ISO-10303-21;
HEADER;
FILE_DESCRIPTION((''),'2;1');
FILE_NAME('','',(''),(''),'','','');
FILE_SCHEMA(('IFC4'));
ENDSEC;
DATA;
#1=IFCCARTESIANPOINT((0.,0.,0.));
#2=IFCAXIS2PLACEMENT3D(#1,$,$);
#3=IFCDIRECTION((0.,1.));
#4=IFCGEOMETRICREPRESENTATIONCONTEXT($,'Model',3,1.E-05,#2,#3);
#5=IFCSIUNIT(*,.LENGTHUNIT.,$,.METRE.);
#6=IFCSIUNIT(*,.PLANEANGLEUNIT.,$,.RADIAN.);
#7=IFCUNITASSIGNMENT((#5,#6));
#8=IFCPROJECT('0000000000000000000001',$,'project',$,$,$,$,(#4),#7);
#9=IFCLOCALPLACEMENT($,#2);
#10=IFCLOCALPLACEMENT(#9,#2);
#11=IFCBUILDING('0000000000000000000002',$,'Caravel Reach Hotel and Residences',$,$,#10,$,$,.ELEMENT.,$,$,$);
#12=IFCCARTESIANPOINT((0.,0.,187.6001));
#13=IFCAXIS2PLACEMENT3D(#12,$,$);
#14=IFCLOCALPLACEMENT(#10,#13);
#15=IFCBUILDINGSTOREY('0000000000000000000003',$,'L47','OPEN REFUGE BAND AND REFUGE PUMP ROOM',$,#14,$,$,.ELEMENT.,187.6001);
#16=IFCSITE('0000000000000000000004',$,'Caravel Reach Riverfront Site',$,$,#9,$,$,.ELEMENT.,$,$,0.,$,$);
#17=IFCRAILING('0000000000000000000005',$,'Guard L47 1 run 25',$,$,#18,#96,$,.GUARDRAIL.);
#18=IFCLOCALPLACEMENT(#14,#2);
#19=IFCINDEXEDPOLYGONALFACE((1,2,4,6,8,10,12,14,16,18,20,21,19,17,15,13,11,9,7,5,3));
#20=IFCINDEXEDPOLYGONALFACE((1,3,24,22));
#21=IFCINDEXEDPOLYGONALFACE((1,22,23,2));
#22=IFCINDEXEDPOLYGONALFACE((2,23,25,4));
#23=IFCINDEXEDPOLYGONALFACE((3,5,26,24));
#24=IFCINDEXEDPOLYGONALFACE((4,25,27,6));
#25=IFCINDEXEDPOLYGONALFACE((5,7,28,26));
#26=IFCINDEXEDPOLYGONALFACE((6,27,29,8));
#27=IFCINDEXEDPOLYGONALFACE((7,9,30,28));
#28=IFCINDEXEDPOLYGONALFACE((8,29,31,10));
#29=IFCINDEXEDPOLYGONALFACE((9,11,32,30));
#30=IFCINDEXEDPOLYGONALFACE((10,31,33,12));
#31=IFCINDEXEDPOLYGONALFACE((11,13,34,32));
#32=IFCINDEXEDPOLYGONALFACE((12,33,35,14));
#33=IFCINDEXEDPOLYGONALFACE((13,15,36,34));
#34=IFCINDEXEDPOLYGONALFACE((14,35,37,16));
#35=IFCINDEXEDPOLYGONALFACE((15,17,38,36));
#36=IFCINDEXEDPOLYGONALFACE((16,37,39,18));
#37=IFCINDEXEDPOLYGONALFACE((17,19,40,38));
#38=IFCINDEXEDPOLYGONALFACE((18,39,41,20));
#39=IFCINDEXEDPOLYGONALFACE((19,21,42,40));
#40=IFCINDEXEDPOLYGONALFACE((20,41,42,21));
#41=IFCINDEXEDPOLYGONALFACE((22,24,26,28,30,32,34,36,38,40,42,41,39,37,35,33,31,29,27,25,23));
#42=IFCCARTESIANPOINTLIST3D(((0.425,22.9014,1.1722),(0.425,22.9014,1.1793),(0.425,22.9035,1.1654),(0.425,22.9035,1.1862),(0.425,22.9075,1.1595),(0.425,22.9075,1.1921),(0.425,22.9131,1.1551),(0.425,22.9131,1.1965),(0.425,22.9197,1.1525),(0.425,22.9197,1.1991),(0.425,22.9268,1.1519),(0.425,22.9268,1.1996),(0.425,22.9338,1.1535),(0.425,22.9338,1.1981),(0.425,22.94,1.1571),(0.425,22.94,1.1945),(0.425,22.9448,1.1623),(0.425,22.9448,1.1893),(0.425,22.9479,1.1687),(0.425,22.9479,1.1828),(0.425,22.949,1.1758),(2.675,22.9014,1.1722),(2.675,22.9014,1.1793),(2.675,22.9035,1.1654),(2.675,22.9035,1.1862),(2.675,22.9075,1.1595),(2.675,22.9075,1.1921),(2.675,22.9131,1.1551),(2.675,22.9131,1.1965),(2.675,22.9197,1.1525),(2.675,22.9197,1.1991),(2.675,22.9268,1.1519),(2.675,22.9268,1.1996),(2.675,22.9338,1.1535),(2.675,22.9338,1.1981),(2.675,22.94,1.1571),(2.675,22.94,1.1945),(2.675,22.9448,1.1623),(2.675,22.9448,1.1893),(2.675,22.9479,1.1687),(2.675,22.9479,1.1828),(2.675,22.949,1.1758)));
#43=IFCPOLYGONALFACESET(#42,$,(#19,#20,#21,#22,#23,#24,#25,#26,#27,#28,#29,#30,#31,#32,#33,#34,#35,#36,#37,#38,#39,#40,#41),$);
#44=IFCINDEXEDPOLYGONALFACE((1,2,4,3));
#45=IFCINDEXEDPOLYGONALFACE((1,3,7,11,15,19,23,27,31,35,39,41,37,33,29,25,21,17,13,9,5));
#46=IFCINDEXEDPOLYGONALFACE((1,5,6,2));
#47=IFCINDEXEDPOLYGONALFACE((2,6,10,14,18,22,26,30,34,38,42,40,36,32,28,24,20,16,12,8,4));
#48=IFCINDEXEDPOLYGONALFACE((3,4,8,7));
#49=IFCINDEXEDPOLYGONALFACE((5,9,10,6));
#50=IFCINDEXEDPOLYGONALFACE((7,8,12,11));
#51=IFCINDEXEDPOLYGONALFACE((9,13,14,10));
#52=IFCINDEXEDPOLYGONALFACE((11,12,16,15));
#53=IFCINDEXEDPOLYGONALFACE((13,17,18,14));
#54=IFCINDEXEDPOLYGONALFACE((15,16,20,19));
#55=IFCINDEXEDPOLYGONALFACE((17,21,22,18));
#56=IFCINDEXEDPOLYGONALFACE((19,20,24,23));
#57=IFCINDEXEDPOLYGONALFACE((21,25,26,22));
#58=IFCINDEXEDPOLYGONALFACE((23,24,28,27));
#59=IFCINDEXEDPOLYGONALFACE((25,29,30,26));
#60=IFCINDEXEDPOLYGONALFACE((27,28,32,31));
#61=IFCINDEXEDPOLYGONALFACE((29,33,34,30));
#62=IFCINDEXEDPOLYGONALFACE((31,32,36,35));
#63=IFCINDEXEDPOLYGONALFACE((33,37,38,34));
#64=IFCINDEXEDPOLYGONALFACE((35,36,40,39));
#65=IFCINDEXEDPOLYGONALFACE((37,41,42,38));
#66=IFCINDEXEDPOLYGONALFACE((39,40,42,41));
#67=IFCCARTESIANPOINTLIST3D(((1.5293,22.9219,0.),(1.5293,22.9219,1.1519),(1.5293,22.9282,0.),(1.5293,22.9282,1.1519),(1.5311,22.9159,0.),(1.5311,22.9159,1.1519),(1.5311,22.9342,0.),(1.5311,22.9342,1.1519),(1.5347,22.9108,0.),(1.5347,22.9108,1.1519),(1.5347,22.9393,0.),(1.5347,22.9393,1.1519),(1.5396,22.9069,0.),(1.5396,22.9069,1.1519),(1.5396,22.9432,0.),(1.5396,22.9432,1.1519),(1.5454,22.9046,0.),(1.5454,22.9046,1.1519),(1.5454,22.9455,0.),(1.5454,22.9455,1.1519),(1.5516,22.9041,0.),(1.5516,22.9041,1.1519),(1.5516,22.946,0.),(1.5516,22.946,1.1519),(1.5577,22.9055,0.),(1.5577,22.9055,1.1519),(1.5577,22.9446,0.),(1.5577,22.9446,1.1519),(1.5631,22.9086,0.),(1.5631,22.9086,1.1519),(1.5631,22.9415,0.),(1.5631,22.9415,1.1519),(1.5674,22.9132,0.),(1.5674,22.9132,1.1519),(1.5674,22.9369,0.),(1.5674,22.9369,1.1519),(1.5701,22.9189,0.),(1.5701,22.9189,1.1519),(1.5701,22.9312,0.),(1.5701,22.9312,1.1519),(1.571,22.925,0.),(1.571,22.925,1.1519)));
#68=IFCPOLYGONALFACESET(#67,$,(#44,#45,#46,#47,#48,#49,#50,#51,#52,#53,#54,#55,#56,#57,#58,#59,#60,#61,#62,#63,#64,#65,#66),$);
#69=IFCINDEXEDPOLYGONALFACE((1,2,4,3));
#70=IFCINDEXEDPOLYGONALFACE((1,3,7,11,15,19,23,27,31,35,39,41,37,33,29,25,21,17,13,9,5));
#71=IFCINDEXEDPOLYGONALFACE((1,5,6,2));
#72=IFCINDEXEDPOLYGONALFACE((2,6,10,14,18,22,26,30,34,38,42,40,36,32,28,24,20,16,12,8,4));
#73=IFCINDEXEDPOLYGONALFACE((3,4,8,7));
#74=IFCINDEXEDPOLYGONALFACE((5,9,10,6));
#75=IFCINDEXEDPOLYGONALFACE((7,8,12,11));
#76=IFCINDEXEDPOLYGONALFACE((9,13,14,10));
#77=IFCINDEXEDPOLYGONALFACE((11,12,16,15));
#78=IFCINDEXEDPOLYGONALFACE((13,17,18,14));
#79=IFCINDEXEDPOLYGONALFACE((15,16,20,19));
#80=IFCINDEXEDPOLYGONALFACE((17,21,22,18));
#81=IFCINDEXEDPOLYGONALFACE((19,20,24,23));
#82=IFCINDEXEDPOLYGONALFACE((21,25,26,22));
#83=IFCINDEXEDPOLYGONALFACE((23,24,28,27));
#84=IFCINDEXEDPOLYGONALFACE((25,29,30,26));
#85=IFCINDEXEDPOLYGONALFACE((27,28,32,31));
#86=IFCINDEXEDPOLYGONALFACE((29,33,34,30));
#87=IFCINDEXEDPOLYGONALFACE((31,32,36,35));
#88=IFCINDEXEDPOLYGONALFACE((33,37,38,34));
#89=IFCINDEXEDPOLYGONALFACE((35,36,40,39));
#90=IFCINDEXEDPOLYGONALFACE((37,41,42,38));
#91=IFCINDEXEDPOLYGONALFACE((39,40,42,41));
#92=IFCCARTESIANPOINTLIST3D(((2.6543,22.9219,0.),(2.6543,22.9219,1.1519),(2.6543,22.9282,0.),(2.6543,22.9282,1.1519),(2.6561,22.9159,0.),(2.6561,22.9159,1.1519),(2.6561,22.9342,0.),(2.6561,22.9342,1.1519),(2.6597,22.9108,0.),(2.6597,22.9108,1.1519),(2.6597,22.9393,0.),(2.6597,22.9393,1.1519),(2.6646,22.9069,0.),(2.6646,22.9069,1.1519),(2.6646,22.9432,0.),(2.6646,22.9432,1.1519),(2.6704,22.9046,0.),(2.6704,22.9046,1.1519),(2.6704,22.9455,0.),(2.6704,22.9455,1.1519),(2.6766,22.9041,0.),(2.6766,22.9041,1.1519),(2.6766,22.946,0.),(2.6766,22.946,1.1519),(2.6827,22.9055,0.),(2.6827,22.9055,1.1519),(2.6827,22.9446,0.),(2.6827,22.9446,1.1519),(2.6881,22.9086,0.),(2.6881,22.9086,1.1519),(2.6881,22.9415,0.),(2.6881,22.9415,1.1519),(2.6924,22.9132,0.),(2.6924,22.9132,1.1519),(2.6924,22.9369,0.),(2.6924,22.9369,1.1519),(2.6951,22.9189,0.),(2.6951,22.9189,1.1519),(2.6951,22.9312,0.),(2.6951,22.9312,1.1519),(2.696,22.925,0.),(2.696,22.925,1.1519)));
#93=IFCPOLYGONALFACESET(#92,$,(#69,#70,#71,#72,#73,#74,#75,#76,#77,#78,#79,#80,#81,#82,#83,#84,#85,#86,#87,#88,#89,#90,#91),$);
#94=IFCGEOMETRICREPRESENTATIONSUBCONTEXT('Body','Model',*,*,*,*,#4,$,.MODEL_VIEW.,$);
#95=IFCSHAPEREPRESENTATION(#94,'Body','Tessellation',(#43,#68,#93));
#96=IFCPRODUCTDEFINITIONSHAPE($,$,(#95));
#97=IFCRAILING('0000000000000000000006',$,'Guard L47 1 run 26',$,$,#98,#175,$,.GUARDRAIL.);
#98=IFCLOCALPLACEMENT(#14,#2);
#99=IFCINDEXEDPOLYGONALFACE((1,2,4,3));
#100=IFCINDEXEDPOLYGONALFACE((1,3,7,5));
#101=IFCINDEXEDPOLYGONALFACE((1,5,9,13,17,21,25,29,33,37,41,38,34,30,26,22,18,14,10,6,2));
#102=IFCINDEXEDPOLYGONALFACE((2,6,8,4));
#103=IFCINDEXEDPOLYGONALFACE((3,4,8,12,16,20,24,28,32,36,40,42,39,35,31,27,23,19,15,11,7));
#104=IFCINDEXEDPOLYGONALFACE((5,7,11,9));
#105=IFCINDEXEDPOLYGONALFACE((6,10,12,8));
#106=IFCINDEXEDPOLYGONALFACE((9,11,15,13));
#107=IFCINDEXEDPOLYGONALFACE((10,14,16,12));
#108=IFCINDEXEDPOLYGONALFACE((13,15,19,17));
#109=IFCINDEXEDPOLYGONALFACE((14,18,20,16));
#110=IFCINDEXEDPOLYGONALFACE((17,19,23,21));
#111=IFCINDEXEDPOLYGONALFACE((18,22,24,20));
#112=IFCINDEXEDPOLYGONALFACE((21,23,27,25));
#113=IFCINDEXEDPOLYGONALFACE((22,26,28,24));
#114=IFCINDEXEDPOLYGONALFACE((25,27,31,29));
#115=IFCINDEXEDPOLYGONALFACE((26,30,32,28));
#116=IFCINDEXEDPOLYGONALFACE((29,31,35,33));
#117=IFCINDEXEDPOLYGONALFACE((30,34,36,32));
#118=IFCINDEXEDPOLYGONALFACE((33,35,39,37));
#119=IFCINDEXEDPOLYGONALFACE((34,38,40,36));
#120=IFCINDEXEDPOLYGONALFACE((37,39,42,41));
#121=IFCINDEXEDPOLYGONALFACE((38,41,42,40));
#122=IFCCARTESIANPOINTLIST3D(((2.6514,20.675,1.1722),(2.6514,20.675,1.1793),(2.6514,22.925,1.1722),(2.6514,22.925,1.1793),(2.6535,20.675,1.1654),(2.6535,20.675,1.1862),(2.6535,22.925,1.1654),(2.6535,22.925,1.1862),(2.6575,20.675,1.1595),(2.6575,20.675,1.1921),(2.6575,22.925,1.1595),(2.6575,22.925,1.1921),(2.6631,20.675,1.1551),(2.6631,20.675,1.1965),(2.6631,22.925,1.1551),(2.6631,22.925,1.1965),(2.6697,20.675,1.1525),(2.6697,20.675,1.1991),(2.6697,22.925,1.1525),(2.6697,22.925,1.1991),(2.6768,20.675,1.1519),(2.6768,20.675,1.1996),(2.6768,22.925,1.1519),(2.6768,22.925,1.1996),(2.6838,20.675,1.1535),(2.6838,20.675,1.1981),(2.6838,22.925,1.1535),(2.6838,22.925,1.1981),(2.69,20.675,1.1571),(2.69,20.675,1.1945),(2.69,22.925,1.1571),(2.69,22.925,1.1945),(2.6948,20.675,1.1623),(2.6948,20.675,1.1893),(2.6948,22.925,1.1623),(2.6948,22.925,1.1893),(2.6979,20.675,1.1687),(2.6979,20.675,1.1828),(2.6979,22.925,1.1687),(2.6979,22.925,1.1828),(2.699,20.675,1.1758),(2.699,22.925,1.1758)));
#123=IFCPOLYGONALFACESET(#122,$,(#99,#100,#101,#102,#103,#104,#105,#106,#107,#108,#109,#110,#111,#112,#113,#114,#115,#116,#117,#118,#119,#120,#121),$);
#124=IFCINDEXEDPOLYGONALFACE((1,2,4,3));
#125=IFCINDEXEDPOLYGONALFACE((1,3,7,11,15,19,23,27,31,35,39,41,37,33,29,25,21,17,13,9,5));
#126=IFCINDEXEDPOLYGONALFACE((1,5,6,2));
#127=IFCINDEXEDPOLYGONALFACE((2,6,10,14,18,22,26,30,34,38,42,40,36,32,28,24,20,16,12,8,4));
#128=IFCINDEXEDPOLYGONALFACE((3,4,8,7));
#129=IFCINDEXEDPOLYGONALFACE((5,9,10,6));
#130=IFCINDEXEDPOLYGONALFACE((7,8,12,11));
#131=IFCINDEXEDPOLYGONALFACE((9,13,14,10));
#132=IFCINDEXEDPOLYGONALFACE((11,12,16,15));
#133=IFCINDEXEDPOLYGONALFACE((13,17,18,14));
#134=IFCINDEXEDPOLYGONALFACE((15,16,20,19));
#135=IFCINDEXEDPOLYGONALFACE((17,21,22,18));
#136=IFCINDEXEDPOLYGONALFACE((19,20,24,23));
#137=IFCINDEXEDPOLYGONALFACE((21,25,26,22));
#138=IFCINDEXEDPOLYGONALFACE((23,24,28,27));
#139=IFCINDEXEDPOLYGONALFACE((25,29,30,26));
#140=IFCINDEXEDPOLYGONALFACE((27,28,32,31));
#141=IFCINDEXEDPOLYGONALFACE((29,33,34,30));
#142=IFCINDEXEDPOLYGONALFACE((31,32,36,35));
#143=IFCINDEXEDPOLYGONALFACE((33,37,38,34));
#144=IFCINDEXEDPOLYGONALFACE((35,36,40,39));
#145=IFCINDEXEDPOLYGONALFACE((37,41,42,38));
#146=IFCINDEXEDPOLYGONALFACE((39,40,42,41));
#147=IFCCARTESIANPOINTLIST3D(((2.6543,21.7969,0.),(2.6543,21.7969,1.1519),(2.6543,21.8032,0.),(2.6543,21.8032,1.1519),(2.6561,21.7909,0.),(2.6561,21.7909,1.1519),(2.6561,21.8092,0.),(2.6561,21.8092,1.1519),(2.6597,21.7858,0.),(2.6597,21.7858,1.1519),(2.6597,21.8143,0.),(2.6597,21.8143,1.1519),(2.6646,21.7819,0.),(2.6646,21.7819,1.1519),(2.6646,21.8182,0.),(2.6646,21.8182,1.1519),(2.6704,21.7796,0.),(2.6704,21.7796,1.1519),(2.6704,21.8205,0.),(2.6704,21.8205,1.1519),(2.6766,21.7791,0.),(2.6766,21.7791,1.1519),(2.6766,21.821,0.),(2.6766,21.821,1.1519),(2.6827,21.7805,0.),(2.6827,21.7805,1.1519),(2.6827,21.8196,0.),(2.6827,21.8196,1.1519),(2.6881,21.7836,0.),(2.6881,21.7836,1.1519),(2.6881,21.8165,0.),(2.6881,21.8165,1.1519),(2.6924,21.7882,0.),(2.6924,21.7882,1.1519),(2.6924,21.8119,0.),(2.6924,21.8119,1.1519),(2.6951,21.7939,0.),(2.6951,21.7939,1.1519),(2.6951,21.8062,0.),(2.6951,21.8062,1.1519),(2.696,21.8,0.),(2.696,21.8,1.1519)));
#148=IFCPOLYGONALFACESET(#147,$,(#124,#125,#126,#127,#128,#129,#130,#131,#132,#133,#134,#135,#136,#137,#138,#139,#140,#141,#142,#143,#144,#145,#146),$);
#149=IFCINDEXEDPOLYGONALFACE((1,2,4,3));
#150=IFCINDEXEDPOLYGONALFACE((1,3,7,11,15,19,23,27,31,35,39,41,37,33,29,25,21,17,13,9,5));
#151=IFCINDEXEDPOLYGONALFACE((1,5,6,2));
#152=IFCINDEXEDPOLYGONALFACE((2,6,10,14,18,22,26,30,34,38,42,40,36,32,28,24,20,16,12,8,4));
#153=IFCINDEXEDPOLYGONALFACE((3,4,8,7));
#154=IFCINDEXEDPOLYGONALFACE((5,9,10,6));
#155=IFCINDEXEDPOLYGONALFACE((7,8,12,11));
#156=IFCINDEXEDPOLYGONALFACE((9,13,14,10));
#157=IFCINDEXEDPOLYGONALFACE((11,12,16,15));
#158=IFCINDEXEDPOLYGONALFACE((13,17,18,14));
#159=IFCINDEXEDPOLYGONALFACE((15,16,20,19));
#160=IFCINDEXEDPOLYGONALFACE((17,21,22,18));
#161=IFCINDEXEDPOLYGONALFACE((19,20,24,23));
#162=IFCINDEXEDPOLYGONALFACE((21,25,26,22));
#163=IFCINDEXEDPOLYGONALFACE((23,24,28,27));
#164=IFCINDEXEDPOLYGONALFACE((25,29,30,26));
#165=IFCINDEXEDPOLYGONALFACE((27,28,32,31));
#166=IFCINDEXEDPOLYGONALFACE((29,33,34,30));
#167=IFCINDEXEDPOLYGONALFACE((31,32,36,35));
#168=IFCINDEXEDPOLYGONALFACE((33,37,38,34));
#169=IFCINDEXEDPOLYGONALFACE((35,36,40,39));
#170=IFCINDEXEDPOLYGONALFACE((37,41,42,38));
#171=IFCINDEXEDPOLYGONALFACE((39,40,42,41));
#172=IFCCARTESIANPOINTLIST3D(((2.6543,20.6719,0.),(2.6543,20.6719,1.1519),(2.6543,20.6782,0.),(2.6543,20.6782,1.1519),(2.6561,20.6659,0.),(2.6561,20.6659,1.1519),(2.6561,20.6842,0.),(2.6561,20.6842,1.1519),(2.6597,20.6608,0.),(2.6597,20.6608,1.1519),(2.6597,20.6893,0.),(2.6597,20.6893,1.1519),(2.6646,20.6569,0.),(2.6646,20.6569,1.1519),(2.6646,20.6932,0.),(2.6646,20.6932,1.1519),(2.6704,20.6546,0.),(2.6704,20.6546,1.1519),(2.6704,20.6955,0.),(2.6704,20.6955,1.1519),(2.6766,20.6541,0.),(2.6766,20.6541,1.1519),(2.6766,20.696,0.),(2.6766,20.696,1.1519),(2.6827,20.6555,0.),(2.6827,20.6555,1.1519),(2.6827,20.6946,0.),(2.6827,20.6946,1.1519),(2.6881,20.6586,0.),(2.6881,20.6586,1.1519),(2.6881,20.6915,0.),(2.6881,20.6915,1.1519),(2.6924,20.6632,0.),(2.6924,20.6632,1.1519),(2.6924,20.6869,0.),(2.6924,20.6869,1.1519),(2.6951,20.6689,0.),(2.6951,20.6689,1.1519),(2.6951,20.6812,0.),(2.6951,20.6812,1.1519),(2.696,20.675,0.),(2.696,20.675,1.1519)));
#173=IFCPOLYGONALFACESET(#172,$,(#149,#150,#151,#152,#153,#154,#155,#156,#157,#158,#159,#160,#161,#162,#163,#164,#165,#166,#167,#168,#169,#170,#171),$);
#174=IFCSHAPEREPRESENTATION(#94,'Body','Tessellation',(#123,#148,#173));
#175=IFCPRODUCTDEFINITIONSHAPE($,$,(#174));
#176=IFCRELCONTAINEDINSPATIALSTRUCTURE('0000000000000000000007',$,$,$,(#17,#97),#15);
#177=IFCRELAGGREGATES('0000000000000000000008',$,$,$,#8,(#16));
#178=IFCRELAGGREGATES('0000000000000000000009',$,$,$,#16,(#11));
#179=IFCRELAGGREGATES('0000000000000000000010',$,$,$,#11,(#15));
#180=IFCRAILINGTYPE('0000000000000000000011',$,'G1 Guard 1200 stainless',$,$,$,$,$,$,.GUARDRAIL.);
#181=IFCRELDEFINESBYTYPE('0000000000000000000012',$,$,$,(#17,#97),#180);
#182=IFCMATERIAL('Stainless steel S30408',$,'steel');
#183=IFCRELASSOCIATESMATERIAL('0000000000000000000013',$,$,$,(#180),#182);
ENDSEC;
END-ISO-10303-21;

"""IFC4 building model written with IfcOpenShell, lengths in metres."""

from ifc_helpers import new_model, si_unit, direction, frame, origin, origin_2d, place, context, subcontext, project, spatial, circle, extrude, material, type_object, element, save


model = new_model("IFC4")

# Units and contexts
model_context = context("Model", 3, precision=1e-05, world=origin(), true_north=direction((0.0, 1.0)))
body_context = subcontext(model_context, "Body", "Model", "MODEL_VIEW")
ifc_project = project(units=[si_unit("LENGTHUNIT", "METRE"), si_unit("PLANEANGLEUNIT", "RADIAN")], contexts=[model_context])

# Site, building, storey
site_placement = place(None, origin())
site = spatial("IfcSite", under=ifc_project, at=site_placement, Name="Caravel Reach Riverfront Site", CompositionType="ELEMENT", RefElevation=0.0)
building_placement = place(site_placement, origin())
building = spatial("IfcBuilding", under=site, at=building_placement, Name="Caravel Reach Hotel and Residences", CompositionType="ELEMENT")
storey_placement = place(building_placement, frame((0.0, 0.0, 187.6001)))
storey = spatial("IfcBuildingStorey", under=building, at=storey_placement, Name="L47", Description="OPEN REFUGE BAND AND REFUGE PUMP ROOM", CompositionType="ELEMENT", Elevation=187.6001)

# Railings
ifc_material_1 = material(Name="Stainless steel S30408", Category="steel")
railing_type = type_object("IfcRailingType", Name="G1 Guard 1200 stainless", PredefinedType="GUARDRAIL", material=ifc_material_1)
railing_1_placement = place(storey_placement, frame((0.425, 22.925, 0.0)))
element("IfcRailing", 1, at=railing_1_placement, inside=storey, type_object=railing_type, Name="Guard L47 1 run 25", PredefinedType="GUARDRAIL", context=body_context, shape_type="SweptSolid", body=[
    extrude(circle(Radius=0.0239, at=origin_2d()), frame((0.0, 0.0, 1.1758), z_axis=(1.0, 0.0, 0.0), x_axis=(0.0, 1.0, 0.0)), (0.0, 0.0, 1.0), 2.25),
    extrude(circle(Radius=0.021, at=origin_2d()), frame((1.125, 0.0, 0.0)), (0.0, 0.0, 1.0), 1.1519),
    extrude(circle(Radius=0.021, at=origin_2d()), frame((2.25, 0.0, 0.0)), (0.0, 0.0, 1.0), 1.1519),
])
railing_2_placement = place(storey_placement, frame((2.675, 22.925, 0.0)))
element("IfcRailing", 2, at=railing_2_placement, inside=storey, type_object=railing_type, Name="Guard L47 1 run 26", PredefinedType="GUARDRAIL", context=body_context, shape_type="SweptSolid", body=[
    extrude(circle(Radius=0.0239, at=origin_2d()), frame((0.0, 0.0, 1.1758), z_axis=(0.0, -1.0, 0.0), x_axis=(1.0, 0.0, 0.0)), (0.0, 0.0, 1.0), 2.25),
    extrude(circle(Radius=0.021, at=origin_2d()), frame((0.0, -1.125, 0.0)), (0.0, 0.0, 1.0), 1.1519),
    extrude(circle(Radius=0.021, at=origin_2d()), frame((0.0, -2.25, 0.0)), (0.0, 0.0, 1.0), 1.1519),
])

save(model, "model.ifc")
